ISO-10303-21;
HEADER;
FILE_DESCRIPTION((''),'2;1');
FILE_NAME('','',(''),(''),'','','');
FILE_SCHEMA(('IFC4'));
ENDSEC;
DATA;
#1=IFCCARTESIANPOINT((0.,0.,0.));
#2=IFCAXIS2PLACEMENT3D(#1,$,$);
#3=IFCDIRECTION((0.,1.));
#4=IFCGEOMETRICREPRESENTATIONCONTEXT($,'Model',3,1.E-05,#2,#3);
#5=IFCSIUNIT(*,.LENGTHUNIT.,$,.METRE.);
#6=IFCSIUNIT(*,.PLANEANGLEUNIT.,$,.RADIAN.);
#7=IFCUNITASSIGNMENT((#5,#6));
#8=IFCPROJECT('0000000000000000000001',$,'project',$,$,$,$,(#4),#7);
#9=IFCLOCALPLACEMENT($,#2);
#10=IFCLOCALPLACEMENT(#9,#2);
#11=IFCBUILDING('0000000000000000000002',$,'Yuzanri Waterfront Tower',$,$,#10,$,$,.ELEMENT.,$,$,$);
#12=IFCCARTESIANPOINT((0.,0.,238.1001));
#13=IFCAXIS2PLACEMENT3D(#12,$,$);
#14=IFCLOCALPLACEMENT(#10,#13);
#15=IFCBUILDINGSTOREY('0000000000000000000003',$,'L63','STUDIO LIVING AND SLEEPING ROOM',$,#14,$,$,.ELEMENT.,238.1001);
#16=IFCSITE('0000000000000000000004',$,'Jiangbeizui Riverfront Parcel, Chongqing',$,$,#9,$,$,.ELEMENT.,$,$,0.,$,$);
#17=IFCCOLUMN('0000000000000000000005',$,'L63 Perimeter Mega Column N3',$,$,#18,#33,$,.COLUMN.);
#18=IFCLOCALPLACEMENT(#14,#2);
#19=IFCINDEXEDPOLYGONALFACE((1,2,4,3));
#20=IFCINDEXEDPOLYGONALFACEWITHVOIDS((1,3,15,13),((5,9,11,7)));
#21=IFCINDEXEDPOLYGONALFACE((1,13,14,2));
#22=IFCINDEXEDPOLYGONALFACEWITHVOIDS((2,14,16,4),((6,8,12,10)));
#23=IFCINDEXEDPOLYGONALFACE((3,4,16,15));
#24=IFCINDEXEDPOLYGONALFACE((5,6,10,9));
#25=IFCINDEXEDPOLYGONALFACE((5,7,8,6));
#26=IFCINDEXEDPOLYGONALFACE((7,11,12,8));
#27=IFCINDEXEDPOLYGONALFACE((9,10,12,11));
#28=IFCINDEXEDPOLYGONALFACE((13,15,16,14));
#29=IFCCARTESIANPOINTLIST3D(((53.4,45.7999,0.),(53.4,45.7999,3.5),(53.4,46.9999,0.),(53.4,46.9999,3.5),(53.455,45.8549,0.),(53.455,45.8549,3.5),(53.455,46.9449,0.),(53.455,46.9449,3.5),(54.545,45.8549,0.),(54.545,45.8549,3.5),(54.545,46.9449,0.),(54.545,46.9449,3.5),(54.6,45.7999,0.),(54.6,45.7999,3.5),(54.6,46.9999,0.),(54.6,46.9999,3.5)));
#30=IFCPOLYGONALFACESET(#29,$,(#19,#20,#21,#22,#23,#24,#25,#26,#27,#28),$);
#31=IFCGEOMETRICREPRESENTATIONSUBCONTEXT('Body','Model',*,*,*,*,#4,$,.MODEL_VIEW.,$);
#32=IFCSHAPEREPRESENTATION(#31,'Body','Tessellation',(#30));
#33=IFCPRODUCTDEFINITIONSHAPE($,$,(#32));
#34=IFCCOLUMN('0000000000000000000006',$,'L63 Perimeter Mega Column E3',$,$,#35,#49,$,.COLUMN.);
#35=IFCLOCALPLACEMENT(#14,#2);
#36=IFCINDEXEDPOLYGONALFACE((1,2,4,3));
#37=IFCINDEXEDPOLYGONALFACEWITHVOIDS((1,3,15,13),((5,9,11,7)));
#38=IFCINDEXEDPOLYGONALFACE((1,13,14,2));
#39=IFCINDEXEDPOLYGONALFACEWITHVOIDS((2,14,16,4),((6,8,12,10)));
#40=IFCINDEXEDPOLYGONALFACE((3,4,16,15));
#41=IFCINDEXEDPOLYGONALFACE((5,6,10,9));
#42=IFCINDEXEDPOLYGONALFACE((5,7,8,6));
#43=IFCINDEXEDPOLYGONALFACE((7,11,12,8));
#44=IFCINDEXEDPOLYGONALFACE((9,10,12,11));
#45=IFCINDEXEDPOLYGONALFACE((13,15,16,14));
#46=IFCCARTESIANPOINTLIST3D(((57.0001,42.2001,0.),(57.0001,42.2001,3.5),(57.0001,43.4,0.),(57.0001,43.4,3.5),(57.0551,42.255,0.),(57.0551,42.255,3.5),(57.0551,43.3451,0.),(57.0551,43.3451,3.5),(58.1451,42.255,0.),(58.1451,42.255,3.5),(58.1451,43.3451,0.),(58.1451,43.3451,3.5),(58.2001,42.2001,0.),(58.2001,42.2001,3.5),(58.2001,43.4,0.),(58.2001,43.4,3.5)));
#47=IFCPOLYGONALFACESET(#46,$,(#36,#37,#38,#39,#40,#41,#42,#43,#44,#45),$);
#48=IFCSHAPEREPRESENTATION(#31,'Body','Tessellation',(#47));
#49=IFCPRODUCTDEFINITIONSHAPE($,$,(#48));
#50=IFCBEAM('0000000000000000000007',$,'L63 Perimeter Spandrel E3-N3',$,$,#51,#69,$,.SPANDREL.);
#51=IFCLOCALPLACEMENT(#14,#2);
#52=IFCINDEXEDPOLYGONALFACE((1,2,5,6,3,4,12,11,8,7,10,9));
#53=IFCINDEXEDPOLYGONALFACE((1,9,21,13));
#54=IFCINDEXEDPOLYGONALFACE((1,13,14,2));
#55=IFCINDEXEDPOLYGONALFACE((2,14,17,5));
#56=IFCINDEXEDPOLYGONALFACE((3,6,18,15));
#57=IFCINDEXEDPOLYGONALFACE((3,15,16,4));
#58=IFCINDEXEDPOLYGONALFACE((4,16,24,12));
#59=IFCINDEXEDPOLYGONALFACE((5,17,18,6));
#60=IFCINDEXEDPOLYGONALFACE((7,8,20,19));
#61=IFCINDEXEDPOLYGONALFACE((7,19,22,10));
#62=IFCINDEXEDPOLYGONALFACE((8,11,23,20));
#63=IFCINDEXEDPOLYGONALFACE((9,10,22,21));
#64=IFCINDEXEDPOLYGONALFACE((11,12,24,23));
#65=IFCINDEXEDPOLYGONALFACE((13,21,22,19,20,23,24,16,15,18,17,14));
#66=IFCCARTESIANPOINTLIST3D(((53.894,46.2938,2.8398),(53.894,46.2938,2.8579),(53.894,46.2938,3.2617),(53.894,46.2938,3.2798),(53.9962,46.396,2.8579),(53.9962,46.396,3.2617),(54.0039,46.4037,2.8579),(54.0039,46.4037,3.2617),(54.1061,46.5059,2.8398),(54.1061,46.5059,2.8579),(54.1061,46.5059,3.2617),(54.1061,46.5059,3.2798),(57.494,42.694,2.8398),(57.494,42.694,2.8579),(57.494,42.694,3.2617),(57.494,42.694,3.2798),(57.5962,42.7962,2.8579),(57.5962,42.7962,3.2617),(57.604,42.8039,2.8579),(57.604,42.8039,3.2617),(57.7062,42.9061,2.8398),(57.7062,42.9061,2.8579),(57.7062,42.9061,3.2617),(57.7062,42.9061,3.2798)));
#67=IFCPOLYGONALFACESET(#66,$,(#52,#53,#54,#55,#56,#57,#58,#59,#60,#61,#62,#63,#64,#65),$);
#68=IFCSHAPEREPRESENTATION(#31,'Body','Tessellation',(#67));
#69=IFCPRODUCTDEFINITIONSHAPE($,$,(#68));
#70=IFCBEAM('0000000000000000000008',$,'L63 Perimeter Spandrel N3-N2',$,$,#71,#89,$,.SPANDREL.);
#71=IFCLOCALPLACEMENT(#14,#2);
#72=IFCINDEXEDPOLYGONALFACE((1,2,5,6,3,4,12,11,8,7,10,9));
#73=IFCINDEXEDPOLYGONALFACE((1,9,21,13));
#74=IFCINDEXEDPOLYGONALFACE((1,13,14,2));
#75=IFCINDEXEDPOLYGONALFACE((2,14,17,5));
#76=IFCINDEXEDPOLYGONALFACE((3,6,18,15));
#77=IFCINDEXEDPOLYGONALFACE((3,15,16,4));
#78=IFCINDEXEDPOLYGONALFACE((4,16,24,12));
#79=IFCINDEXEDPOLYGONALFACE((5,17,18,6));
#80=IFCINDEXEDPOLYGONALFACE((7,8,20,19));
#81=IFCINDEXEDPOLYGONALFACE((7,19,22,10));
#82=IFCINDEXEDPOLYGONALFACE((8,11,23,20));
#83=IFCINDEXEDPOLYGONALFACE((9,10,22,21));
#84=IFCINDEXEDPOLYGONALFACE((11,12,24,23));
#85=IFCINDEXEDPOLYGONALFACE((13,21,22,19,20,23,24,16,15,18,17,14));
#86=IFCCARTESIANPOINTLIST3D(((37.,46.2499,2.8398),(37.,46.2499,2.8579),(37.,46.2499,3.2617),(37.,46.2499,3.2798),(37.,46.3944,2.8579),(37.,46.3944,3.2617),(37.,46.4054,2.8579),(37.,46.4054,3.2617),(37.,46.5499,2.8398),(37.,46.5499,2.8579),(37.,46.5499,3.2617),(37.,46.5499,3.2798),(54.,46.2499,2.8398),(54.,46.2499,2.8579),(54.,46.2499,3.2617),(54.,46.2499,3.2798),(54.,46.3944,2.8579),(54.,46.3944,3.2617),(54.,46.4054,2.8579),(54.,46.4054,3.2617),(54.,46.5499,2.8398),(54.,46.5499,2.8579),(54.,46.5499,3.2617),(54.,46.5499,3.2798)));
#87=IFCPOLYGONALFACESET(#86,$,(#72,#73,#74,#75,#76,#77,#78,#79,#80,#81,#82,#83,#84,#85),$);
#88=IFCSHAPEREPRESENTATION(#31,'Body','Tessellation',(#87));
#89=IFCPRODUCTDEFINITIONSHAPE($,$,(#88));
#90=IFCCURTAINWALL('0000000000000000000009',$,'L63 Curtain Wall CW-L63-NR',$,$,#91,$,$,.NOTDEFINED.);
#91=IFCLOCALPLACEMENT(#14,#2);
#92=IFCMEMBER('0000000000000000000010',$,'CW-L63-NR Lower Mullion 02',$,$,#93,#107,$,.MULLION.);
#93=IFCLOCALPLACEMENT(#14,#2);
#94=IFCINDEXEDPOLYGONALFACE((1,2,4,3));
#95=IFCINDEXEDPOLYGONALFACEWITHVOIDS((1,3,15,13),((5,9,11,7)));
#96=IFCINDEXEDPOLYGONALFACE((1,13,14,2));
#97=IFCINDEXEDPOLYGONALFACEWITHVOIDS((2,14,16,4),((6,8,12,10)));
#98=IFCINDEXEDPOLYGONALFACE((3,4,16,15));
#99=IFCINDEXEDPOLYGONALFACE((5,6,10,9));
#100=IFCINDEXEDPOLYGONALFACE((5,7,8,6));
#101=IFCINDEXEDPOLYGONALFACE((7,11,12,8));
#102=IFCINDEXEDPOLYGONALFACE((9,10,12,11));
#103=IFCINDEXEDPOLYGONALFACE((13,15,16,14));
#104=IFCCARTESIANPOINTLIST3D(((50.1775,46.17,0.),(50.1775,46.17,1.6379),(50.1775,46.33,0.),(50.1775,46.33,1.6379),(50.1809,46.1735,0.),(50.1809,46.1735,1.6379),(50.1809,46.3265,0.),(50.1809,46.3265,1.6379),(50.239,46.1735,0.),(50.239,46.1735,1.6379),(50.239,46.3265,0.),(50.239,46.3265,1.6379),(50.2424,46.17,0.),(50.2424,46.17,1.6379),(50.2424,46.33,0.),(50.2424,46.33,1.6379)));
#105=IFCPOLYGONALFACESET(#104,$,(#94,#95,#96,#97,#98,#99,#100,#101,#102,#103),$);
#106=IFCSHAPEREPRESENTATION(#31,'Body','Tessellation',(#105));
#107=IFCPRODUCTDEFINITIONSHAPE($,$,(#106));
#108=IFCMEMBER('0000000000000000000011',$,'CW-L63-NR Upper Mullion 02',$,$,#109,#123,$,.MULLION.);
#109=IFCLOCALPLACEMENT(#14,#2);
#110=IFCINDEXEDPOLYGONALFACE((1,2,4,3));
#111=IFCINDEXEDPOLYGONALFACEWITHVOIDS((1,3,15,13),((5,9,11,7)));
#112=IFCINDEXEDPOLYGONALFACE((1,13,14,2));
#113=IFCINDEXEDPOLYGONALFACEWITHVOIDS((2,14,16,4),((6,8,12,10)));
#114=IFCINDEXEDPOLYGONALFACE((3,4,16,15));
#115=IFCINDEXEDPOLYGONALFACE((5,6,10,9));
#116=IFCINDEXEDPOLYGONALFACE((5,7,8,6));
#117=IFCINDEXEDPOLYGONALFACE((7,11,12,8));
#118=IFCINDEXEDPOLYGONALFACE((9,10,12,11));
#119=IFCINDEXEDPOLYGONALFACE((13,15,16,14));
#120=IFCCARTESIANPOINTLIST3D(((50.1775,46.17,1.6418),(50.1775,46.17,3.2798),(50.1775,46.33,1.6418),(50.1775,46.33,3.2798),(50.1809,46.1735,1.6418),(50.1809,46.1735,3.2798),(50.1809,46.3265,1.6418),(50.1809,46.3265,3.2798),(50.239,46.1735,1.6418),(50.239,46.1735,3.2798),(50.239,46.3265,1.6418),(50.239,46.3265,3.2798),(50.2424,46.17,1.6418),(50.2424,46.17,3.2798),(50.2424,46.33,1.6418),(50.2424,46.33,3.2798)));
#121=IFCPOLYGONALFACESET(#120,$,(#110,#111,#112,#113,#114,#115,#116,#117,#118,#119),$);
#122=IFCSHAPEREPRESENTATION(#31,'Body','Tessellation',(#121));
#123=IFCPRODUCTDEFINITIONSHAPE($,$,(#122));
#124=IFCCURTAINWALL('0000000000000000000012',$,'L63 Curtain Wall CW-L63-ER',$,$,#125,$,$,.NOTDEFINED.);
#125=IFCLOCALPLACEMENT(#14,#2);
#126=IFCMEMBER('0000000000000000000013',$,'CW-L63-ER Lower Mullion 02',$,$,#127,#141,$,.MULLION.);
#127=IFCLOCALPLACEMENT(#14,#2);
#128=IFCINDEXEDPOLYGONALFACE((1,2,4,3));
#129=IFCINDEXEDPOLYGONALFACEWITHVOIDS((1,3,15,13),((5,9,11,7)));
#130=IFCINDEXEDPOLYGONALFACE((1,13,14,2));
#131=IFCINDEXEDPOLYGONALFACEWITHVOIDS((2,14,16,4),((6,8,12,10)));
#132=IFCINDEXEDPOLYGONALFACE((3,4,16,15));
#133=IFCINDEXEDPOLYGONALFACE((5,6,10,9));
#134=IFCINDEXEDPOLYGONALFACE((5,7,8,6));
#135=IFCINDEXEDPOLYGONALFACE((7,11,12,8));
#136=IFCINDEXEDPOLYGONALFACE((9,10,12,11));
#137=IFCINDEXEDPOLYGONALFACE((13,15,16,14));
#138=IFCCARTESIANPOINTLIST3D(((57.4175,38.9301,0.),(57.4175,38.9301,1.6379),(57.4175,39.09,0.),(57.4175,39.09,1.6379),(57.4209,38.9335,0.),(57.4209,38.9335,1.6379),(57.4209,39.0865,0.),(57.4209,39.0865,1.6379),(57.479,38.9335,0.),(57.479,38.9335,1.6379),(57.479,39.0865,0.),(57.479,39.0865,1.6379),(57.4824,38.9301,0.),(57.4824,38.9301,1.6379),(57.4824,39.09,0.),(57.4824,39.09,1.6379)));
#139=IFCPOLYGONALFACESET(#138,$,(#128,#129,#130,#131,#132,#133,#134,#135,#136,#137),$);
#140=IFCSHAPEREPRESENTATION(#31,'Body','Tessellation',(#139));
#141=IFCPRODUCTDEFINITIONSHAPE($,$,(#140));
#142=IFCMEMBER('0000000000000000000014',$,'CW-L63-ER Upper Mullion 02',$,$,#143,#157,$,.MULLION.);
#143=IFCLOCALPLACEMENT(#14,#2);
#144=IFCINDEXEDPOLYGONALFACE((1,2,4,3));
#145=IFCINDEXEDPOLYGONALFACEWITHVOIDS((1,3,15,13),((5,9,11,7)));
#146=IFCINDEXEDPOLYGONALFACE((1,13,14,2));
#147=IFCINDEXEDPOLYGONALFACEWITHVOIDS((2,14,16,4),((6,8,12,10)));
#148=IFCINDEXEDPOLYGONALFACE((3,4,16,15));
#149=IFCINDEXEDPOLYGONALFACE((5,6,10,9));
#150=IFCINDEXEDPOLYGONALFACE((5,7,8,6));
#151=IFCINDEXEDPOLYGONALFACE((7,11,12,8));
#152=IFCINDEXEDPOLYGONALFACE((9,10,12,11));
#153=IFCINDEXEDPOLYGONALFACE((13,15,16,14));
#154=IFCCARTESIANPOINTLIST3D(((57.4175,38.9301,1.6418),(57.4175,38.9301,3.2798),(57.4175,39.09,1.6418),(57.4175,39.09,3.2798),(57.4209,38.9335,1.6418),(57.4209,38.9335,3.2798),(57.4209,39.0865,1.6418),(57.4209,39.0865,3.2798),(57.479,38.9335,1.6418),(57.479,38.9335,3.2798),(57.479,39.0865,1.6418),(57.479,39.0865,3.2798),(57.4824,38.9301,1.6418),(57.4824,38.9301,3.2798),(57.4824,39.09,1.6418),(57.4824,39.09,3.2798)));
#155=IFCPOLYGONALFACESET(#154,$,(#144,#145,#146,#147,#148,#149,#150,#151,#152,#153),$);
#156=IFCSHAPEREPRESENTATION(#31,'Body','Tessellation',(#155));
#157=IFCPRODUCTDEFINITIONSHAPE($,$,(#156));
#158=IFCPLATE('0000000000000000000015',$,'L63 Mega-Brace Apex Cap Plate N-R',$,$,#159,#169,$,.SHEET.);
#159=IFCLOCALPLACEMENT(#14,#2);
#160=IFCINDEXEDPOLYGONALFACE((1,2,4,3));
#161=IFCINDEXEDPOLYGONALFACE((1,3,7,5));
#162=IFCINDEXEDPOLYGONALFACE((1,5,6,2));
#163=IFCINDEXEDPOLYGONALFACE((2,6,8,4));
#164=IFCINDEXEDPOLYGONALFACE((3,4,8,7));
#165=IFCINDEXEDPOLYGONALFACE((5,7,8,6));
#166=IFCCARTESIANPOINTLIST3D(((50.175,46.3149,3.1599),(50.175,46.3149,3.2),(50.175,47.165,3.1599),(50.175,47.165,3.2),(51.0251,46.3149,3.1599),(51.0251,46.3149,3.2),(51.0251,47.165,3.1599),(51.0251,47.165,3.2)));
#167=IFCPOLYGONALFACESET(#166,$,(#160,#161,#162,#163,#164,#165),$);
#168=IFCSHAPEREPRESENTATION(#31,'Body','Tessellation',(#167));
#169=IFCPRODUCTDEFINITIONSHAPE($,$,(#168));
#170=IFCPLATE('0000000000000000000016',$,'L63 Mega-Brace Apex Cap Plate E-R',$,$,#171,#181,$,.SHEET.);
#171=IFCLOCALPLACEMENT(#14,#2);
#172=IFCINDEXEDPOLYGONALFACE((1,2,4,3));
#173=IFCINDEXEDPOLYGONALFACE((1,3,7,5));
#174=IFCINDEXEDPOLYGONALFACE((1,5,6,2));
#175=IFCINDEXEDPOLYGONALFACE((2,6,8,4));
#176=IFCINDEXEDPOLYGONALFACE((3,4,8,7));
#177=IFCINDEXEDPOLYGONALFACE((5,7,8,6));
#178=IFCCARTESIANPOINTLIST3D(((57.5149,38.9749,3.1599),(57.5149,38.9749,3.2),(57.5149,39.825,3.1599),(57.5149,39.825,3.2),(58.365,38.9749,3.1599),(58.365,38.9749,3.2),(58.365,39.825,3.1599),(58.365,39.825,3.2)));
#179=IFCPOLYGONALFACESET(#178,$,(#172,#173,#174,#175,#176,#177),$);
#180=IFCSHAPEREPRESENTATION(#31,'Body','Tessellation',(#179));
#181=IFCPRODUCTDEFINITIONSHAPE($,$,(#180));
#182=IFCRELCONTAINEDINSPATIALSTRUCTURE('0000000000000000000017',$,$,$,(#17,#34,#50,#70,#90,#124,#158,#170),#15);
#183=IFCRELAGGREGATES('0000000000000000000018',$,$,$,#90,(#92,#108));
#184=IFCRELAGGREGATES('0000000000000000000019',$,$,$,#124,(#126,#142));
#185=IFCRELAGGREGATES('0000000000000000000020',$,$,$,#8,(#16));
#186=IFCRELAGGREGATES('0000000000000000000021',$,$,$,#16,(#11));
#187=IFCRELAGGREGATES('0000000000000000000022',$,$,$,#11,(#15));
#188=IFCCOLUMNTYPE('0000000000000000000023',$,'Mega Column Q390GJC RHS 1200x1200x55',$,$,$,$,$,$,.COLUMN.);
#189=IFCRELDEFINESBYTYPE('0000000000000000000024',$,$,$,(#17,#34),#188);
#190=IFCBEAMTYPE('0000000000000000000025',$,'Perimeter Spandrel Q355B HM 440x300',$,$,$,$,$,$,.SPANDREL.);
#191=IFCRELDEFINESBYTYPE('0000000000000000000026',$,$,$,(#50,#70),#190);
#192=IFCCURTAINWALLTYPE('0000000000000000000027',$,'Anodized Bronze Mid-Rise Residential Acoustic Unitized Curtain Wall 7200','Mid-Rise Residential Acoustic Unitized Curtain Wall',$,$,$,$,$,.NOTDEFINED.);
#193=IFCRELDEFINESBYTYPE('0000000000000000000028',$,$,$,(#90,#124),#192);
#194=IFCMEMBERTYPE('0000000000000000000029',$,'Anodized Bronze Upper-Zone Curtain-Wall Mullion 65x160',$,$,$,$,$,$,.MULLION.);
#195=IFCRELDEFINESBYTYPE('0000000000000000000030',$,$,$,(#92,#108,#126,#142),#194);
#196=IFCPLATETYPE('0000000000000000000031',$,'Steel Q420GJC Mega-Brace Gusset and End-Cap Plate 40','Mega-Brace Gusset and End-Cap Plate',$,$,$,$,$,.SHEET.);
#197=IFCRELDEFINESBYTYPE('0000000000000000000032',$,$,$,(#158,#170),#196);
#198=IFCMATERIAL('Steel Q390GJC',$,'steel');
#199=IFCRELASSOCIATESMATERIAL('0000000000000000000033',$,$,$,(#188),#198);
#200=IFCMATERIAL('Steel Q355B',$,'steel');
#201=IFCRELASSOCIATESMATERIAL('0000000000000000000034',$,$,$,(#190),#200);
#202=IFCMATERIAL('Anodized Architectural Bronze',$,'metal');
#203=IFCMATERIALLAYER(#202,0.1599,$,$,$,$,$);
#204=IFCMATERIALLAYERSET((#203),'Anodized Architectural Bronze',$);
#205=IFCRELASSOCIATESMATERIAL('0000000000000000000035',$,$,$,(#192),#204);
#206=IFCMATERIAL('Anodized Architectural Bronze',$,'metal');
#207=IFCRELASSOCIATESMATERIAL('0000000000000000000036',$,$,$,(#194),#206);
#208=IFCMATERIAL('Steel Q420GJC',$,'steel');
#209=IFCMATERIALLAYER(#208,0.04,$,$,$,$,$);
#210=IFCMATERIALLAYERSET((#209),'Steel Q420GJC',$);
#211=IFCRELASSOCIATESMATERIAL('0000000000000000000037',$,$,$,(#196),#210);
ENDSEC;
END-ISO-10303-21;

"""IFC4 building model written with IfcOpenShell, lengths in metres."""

from ifc_helpers import new_model, si_unit, direction, frame, origin, origin_2d, place, context, subcontext, project, spatial, rectangle, hollow_rectangle, i_section, extrude, source, transform, mapped, material, layer, layer_set, material_profile, profile_set, type_object, element, aggregate, save


model = new_model("IFC4")

# Units and contexts
model_context = context("Model", 3, precision=1e-05, world=origin(), true_north=direction((0.0, 1.0)))
body_context = subcontext(model_context, "Body", "Model", "MODEL_VIEW")
ifc_project = project(units=[si_unit("LENGTHUNIT", "METRE"), si_unit("PLANEANGLEUNIT", "RADIAN")], contexts=[model_context])

# Site, building, storey
site_placement = place(None, origin())
site = spatial("IfcSite", under=ifc_project, at=site_placement, Name="Jiangbeizui Riverfront Parcel, Chongqing", CompositionType="ELEMENT", RefElevation=0.0)
building_placement = place(site_placement, origin())
building = spatial("IfcBuilding", under=site, at=building_placement, Name="Yuzanri Waterfront Tower", CompositionType="ELEMENT")
storey_placement = place(building_placement, frame((0.0, 0.0, 238.1001)))
storey = spatial("IfcBuildingStorey", under=building, at=storey_placement, Name="L63", Description="STUDIO LIVING AND SLEEPING ROOM", CompositionType="ELEMENT", Elevation=238.1001)

# Columns
ifc_material_1 = material(Name="Steel Q390GJC", Category="steel")
ifc_material_profile_1 = material_profile(ifc_material_1, hollow_rectangle(XDim=1.2, YDim=1.2, WallThickness=0.0549, at=origin_2d()), Name="RHS 1200x1200x55")
ifc_profile_set_1 = profile_set([ifc_material_profile_1], Name="Steel Q390GJC")
column_type = type_object("IfcColumnType", Name="Mega Column Q390GJC RHS 1200x1200x55", PredefinedType="COLUMN", material=ifc_profile_set_1)
shared_shape_1 = source(origin(), body_context, "Body", "SweptSolid", [
    extrude(hollow_rectangle(XDim=1.2, YDim=1.2, WallThickness=0.0549, at=origin_2d()), origin(), (0.0, 0.0, 1.0), 3.5),
])
for number, where, z_axis, x_axis, name in (
    (1, (54.0, 46.3999, 0.0), (0.0, 0.0, 1.0), (1.0, 0.0, 0.0), "L63 Perimeter Mega Column N3"),
    (2, (57.6001, 42.8, 0.0), (0.0, 0.0, 1.0), (1.0, 0.0, 0.0), "L63 Perimeter Mega Column E3"),
):
    element("IfcColumn", number, at=place(storey_placement, frame(where, z_axis=z_axis, x_axis=x_axis)), inside=storey, type_object=column_type, Name=name, PredefinedType="COLUMN", context=body_context, shape_type="MappedRepresentation", body=[
        mapped(shared_shape_1, transform((0.0, 0.0, 0.0), scale=1.0)),
    ])

# Beams
ifc_material_2 = material(Name="Steel Q355B", Category="steel")
ifc_material_profile_2 = material_profile(ifc_material_2, i_section(OverallWidth=0.3, OverallDepth=0.4399, WebThickness=0.011, FlangeThickness=0.0181, at=origin_2d()), Name="HM 440x300x11x18")
ifc_profile_set_2 = profile_set([ifc_material_profile_2], Name="Steel Q355B")
beam_type = type_object("IfcBeamType", Name="Perimeter Spandrel Q355B HM 440x300", PredefinedType="SPANDREL", material=ifc_profile_set_2)
shared_shape_2 = source(origin(), body_context, "Body", "SweptSolid", [
    extrude(i_section(OverallWidth=0.3, OverallDepth=0.4399, WebThickness=0.011, FlangeThickness=0.0181, at=origin_2d()), origin(), (0.0, 0.0, 1.0), 5.0911),
])
beam_1_placement = place(storey_placement, frame((57.6001, 42.8, 3.0598), z_axis=(-0.707131, 0.707083, 0.0), x_axis=(-0.707083, -0.707131, 0.0)))
element("IfcBeam", 3, at=beam_1_placement, inside=storey, type_object=beam_type, Name="L63 Perimeter Spandrel E3-N3", PredefinedType="SPANDREL", context=body_context, shape_type="MappedRepresentation", body=[
    mapped(shared_shape_2, transform((0.0, 0.0, 0.0), scale=1.0)),
])
shared_shape_3 = source(origin(), body_context, "Body", "SweptSolid", [
    extrude(i_section(OverallWidth=0.3, OverallDepth=0.4399, WebThickness=0.011, FlangeThickness=0.0181, at=origin_2d()), origin(), (0.0, 0.0, 1.0), 17.0),
])
beam_2_placement = place(storey_placement, frame((54.0, 46.3999, 3.0598), z_axis=(-1.0, 0.0, 0.0), x_axis=(0.0, -1.0, 0.0)))
element("IfcBeam", 4, at=beam_2_placement, inside=storey, type_object=beam_type, Name="L63 Perimeter Spandrel N3-N2", PredefinedType="SPANDREL", context=body_context, shape_type="MappedRepresentation", body=[
    mapped(shared_shape_3, transform((0.0, 0.0, 0.0), scale=1.0)),
])

# Curtain walls, members
ifc_material_3 = material(Name="Anodized Architectural Bronze", Category="metal")
ifc_layer_1 = layer(ifc_material_3, 0.1599)
ifc_layer_set_1 = layer_set([ifc_layer_1], Name="Anodized Architectural Bronze")
curtain_wall_type = type_object("IfcCurtainWallType", Name="Anodized Bronze Mid-Rise Residential Acoustic Unitized Curtain Wall 7200", Description="Mid-Rise Residential Acoustic Unitized Curtain Wall", PredefinedType="NOTDEFINED", material=ifc_layer_set_1)
curtain_wall_1_placement = place(storey_placement, origin())
curtain_wall_1 = element("IfcCurtainWall", 5, at=curtain_wall_1_placement, inside=storey, type_object=curtain_wall_type, Name="L63 Curtain Wall CW-L63-NR", PredefinedType="NOTDEFINED")
ifc_material_4 = material(Name="Anodized Architectural Bronze", Category="metal")
ifc_material_profile_3 = material_profile(ifc_material_4, hollow_rectangle(XDim=0.0649, YDim=0.1599, WallThickness=0.0034, at=origin_2d()), Name="CWM 65x160")
ifc_profile_set_3 = profile_set([ifc_material_profile_3], Name="Anodized Architectural Bronze")
member_type = type_object("IfcMemberType", Name="Anodized Bronze Upper-Zone Curtain-Wall Mullion 65x160", PredefinedType="MULLION", material=ifc_profile_set_3)
shared_shape_4 = source(origin(), body_context, "Body", "SweptSolid", [
    extrude(hollow_rectangle(XDim=0.0649, YDim=0.1599, WallThickness=0.0034, at=origin_2d()), origin(), (0.0, 0.0, 1.0), 1.6379),
])
member_1_placement = place(storey_placement, frame((50.21, 46.25, 0.0), z_axis=(0.0, 0.0, 1.0), x_axis=(1.0, 0.0, 0.0)))
member_1 = element("IfcMember", 6, at=member_1_placement, type_object=member_type, Name="CW-L63-NR Lower Mullion 02", PredefinedType="MULLION", context=body_context, shape_type="MappedRepresentation", body=[
    mapped(shared_shape_4, transform((0.0, 0.0, 0.0), scale=1.0)),
])
member_2_placement = place(storey_placement, frame((50.21, 46.25, 1.6418), z_axis=(0.0, 0.0, 1.0), x_axis=(1.0, 0.0, 0.0)))
member_2 = element("IfcMember", 7, at=member_2_placement, type_object=member_type, Name="CW-L63-NR Upper Mullion 02", PredefinedType="MULLION", context=body_context, shape_type="MappedRepresentation", body=[
    mapped(shared_shape_4, transform((0.0, 0.0, 0.0), scale=1.0)),
])
aggregate(curtain_wall_1, [member_1, member_2])
curtain_wall_2_placement = place(storey_placement, origin())
curtain_wall_2 = element("IfcCurtainWall", 8, at=curtain_wall_2_placement, inside=storey, type_object=curtain_wall_type, Name="L63 Curtain Wall CW-L63-ER", PredefinedType="NOTDEFINED")
member_3_placement = place(storey_placement, frame((57.45, 39.01, 0.0), z_axis=(0.0, 0.0, 1.0), x_axis=(1.0, 0.0, 0.0)))
member_3 = element("IfcMember", 9, at=member_3_placement, type_object=member_type, Name="CW-L63-ER Lower Mullion 02", PredefinedType="MULLION", context=body_context, shape_type="MappedRepresentation", body=[
    mapped(shared_shape_4, transform((0.0, 0.0, 0.0), scale=1.0)),
])
member_4_placement = place(storey_placement, frame((57.45, 39.01, 1.6418), z_axis=(0.0, 0.0, 1.0), x_axis=(1.0, 0.0, 0.0)))
member_4 = element("IfcMember", 10, at=member_4_placement, type_object=member_type, Name="CW-L63-ER Upper Mullion 02", PredefinedType="MULLION", context=body_context, shape_type="MappedRepresentation", body=[
    mapped(shared_shape_4, transform((0.0, 0.0, 0.0), scale=1.0)),
])

# Plates
ifc_material_5 = material(Name="Steel Q420GJC", Category="steel")
ifc_layer_2 = layer(ifc_material_5, 0.04)
ifc_layer_set_2 = layer_set([ifc_layer_2], Name="Steel Q420GJC")
plate_type_1 = type_object("IfcPlateType", Name="Steel Q420GJC Mega-Brace Gusset and End-Cap Plate 40", Description="Mega-Brace Gusset and End-Cap Plate", PredefinedType="SHEET", material=ifc_layer_set_2)
shared_shape_5 = source(origin(), body_context, "Body", "SweptSolid", [
    extrude(rectangle(XDim=0.8501, YDim=0.8501, at=origin_2d()), origin(), (0.0, 0.0, 1.0), 0.04),
])
for number, where, z_axis, x_axis, name in (
    (11, (50.6001, 46.74, 3.1599), (0.0, 0.0, 1.0), (1.0, 0.0, 0.0), "L63 Mega-Brace Apex Cap Plate N-R"),
    (12, (57.9399, 39.3999, 3.1599), (0.0, 0.0, 1.0), (1.0, 0.0, 0.0), "L63 Mega-Brace Apex Cap Plate E-R"),
):
    element("IfcPlate", number, at=place(storey_placement, frame(where, z_axis=z_axis, x_axis=x_axis)), inside=storey, type_object=plate_type_1, Name=name, PredefinedType="SHEET", context=body_context, shape_type="MappedRepresentation", body=[
        mapped(shared_shape_5, transform((0.0, 0.0, 0.0), scale=1.0)),
    ])

aggregate(curtain_wall_2, [member_3, member_4])

save(model, "model.ifc")
